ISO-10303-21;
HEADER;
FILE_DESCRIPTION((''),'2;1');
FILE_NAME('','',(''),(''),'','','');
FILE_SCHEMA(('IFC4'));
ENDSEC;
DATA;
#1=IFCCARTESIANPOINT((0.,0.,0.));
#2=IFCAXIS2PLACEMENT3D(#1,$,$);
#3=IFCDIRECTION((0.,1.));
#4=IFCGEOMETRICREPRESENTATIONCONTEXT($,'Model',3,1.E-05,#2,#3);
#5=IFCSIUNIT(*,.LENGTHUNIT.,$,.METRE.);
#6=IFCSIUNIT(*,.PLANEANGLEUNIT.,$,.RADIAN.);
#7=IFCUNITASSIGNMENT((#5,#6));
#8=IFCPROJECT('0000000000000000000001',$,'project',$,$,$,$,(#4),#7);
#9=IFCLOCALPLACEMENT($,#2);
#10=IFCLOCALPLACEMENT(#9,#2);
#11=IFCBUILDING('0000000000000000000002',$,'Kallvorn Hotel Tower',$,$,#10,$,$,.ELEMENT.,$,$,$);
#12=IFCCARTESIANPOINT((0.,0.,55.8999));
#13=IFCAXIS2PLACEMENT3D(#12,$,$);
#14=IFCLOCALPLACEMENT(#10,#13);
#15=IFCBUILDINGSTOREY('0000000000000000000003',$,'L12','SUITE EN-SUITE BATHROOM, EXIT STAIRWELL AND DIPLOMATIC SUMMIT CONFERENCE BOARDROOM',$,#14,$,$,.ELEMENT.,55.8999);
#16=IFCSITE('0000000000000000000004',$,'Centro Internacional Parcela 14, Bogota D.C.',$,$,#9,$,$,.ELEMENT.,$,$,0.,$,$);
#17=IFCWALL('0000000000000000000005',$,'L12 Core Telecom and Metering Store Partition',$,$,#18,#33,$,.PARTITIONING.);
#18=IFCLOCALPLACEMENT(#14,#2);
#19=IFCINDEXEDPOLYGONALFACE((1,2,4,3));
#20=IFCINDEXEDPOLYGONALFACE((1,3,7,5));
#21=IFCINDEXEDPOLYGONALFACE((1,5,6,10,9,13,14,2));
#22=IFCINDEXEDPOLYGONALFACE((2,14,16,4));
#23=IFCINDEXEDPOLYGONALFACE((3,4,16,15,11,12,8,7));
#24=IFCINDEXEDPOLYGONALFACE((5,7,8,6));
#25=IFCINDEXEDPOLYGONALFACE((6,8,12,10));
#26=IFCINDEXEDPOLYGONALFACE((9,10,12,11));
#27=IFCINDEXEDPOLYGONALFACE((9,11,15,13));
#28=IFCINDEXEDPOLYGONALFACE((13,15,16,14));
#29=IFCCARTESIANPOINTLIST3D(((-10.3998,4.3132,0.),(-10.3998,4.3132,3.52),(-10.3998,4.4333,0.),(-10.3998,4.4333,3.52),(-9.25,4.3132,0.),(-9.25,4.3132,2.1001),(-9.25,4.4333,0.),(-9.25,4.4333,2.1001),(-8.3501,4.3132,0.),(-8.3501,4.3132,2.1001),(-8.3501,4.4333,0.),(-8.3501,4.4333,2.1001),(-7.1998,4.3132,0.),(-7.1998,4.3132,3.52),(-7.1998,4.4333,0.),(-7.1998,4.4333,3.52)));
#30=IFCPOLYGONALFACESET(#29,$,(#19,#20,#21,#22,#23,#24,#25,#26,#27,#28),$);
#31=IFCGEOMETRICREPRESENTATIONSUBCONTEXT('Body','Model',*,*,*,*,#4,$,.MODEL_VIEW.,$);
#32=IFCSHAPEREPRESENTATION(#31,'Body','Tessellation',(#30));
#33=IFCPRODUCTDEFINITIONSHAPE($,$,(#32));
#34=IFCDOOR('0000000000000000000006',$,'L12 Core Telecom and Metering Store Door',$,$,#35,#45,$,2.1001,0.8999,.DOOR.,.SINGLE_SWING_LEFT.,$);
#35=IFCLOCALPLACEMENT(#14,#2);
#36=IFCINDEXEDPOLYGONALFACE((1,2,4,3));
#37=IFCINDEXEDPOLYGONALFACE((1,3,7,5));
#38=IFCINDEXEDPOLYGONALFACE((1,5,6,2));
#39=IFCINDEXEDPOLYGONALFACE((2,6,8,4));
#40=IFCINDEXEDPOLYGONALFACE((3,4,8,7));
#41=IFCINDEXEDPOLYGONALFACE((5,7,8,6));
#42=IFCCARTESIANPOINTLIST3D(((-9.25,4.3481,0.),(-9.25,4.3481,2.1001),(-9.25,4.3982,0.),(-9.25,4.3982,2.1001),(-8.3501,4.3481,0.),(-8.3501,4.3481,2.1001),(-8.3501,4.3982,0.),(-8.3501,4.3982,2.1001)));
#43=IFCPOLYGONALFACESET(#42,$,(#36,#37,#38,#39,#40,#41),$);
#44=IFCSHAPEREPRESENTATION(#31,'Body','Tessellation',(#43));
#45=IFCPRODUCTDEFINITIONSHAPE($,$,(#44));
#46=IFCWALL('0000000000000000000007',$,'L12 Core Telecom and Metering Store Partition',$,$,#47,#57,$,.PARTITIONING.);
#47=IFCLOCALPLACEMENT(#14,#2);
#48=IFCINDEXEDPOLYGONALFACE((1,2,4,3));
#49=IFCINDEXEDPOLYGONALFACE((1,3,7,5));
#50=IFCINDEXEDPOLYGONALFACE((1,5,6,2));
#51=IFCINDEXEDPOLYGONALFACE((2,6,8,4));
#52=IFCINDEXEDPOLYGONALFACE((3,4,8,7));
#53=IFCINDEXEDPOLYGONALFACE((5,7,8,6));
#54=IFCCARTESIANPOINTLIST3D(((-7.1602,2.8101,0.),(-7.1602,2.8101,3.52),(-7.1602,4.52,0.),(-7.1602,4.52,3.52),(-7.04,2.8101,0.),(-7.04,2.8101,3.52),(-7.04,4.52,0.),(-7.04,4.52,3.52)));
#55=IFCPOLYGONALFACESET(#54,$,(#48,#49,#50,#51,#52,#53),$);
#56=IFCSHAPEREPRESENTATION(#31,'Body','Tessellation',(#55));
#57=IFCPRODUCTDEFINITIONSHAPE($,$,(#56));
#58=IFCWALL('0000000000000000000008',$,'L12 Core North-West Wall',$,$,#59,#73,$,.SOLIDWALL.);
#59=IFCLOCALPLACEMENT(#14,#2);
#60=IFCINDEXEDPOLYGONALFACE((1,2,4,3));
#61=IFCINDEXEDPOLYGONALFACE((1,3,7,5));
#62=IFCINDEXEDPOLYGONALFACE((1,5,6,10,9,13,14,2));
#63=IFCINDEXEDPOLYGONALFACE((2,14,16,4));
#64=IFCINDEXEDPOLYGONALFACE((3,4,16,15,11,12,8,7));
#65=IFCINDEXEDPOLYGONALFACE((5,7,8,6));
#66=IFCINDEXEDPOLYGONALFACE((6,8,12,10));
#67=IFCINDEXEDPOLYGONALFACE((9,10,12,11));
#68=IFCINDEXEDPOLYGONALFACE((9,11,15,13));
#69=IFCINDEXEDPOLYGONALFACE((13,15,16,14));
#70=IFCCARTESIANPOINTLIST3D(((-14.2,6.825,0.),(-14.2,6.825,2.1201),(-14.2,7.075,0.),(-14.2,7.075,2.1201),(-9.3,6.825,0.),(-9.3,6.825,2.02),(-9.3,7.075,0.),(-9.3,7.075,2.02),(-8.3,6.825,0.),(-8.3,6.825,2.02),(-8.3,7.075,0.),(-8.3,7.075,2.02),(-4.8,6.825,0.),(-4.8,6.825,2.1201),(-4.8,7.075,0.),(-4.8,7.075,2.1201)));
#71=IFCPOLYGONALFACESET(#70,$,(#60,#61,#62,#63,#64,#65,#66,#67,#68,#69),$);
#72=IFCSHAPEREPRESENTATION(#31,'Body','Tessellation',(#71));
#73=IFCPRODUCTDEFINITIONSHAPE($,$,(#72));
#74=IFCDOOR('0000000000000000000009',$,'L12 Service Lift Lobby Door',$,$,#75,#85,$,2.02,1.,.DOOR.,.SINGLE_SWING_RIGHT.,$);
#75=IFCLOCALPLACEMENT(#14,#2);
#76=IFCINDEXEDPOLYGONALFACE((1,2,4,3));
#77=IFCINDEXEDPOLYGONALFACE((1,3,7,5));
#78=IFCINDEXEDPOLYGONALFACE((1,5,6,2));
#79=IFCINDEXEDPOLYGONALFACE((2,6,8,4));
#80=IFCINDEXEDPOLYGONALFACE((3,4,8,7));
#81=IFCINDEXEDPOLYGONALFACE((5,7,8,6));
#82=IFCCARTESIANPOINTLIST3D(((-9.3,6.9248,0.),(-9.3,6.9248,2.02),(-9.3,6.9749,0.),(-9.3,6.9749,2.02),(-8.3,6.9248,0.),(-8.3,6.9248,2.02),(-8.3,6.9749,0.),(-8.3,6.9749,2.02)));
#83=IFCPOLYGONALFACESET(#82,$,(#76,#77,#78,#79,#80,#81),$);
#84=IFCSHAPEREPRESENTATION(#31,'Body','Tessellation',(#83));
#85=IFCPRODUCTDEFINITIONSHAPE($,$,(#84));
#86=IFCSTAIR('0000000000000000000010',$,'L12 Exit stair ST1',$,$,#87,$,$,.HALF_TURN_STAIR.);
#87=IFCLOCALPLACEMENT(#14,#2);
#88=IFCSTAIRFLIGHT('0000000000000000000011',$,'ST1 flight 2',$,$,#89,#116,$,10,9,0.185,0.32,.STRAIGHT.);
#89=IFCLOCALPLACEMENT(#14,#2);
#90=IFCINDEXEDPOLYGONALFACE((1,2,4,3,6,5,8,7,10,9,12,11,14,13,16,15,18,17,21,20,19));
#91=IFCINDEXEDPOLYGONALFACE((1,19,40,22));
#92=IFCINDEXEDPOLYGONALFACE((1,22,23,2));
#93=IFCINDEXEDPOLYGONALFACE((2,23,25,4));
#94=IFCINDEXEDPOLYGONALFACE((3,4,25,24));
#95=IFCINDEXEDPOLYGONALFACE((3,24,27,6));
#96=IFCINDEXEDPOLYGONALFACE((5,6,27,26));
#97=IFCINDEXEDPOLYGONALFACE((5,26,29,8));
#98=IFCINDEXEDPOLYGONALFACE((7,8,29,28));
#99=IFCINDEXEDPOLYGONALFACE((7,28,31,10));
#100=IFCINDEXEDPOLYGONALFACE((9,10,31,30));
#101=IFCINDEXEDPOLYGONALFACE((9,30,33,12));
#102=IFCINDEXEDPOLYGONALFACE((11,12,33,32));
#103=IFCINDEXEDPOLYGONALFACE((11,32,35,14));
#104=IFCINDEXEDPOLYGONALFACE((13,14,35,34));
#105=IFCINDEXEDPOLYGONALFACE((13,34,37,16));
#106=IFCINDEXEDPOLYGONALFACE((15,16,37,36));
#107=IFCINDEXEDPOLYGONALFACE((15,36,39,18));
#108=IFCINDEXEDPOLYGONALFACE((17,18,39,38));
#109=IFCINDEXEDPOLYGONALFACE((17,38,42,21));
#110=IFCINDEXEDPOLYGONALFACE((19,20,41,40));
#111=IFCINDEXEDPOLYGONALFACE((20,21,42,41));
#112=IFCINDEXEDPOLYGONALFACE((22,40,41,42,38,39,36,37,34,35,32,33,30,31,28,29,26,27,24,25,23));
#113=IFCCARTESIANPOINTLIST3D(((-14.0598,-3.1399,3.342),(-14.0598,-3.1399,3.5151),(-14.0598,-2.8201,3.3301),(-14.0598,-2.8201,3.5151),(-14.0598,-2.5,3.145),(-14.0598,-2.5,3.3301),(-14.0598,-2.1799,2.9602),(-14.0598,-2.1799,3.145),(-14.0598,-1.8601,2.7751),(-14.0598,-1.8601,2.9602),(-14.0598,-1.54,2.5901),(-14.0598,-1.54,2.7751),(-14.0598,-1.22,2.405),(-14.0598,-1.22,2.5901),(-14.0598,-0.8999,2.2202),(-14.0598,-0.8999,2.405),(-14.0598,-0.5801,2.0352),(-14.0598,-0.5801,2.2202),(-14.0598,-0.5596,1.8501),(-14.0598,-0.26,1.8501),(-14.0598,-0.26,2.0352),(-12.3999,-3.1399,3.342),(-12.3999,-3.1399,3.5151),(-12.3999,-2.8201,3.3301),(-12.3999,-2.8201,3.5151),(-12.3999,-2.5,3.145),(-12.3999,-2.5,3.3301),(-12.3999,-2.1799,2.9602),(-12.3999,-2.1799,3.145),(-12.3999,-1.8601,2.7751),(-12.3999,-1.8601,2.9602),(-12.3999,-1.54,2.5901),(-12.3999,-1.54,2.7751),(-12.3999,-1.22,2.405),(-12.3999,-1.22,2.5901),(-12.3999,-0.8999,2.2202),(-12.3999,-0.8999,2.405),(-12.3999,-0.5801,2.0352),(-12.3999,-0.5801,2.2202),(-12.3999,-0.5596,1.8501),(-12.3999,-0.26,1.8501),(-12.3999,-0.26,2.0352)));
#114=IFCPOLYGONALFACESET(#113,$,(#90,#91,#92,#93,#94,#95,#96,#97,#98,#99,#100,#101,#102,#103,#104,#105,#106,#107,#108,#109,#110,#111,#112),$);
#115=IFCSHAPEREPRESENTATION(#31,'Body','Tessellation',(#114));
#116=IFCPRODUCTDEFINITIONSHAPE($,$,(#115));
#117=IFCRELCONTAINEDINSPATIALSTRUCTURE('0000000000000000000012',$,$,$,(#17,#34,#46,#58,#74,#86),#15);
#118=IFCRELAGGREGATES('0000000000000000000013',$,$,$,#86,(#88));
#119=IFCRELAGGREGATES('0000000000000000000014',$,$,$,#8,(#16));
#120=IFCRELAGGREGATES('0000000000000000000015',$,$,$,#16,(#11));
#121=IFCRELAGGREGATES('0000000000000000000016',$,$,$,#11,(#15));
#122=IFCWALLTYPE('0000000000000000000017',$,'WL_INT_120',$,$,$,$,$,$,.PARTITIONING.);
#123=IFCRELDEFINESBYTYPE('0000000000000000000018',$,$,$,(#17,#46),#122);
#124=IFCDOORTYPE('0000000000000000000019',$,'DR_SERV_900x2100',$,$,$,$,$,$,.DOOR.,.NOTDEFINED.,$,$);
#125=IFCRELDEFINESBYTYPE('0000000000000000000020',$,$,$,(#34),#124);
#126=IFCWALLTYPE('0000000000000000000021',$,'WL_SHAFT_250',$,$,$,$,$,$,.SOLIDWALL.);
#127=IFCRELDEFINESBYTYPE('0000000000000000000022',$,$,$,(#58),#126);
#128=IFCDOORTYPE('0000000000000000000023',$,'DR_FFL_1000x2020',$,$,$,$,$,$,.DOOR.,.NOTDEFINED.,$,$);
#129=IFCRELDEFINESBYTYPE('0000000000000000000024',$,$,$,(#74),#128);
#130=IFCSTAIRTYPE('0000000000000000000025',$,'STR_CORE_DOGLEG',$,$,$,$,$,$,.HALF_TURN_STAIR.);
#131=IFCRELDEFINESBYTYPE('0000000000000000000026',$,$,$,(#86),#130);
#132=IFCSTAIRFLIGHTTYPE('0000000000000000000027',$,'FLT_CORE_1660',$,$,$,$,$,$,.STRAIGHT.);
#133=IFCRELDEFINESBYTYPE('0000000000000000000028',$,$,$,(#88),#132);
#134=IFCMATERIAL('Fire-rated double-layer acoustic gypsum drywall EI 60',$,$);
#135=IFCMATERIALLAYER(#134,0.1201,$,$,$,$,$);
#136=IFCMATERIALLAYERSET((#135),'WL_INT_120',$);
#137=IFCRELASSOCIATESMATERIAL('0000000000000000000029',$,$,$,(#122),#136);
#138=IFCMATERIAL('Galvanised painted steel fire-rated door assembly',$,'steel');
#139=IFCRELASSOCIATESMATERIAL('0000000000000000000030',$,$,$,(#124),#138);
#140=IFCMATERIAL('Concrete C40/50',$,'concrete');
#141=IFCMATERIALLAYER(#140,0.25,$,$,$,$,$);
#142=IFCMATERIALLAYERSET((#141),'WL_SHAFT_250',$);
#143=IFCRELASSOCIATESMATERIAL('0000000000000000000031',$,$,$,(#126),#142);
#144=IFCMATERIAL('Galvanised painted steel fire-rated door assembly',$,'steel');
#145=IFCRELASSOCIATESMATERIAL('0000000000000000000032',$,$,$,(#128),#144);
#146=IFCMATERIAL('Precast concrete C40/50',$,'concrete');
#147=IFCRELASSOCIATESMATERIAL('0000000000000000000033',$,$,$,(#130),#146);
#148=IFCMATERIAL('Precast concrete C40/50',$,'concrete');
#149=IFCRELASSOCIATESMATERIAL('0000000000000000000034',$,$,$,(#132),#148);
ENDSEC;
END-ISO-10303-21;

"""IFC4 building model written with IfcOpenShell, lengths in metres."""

from ifc_helpers import new_model, si_unit, direction, frame, frame_2d, origin, place, context, subcontext, project, spatial, polyline, rectangle, outline, extrude, material, layer, layer_set, type_object, element, fill, aggregate, save


model = new_model("IFC4")

# Units and contexts
model_context = context("Model", 3, precision=1e-05, world=origin(), true_north=direction((0.0, 1.0)))
body_context = subcontext(model_context, "Body", "Model", "MODEL_VIEW")
ifc_project = project(units=[si_unit("LENGTHUNIT", "METRE"), si_unit("PLANEANGLEUNIT", "RADIAN")], contexts=[model_context])

# Site, building, storey
site_placement = place(None, origin())
site = spatial("IfcSite", under=ifc_project, at=site_placement, Name="Centro Internacional Parcela 14, Bogota D.C.", CompositionType="ELEMENT", RefElevation=0.0)
building_placement = place(site_placement, origin())
building = spatial("IfcBuilding", under=site, at=building_placement, Name="Kallvorn Hotel Tower", CompositionType="ELEMENT")
storey_placement = place(building_placement, frame((0.0, 0.0, 55.8999)))
storey = spatial("IfcBuildingStorey", under=building, at=storey_placement, Name="L12", Description="SUITE EN-SUITE BATHROOM, EXIT STAIRWELL AND DIPLOMATIC SUMMIT CONFERENCE BOARDROOM", CompositionType="ELEMENT", Elevation=55.8999)

# Shared definitions
ifc_material_1 = material(Name="Fire-rated double-layer acoustic gypsum drywall EI 60")
ifc_layer_1 = layer(ifc_material_1, 0.1201)
ifc_layer_set_1 = layer_set([ifc_layer_1], Name="WL_INT_120")
wall_type_1 = type_object("IfcWallType", Name="WL_INT_120", PredefinedType="PARTITIONING", material=ifc_layer_set_1)

# Wall, opening, door
wall_1_placement = place(storey_placement, frame((-10.3999, 4.3733, 0.0), z_axis=(0.0, 0.0, 1.0), x_axis=(1.0, 0.0, 0.0)))
wall_1 = element("IfcWall", 1, at=wall_1_placement, inside=storey, type_object=wall_type_1, Name="L12 Core Telecom and Metering Store Partition", PredefinedType="PARTITIONING", context=body_context, shape_type="SweptSolid", body=[
    extrude(rectangle(XDim=3.2, YDim=0.1201, at=frame_2d((1.6001, 0.0))), origin(), (0.0, 0.0, 1.0), 3.52),
])
opening_1_placement = place(wall_1_placement, frame((1.1499, 0.0, 0.0)))
opening_1 = element("IfcOpeningElement", 2, at=opening_1_placement, cuts=wall_1, PredefinedType="OPENING", context=body_context, shape_type="SweptSolid", body=[
    extrude(rectangle(XDim=0.8999, YDim=2.1001, at=frame_2d((0.45, 1.05))), frame((0.0, 0.075, 0.0), z_axis=(0.0, -1.0, 0.0), x_axis=(1.0, 0.0, 0.0)), (0.0, 0.0, 1.0), 0.1501),
])
ifc_material_2 = material(Name="Galvanised painted steel fire-rated door assembly", Category="steel")
door_type_1 = type_object("IfcDoorType", Name="DR_SERV_900x2100", OperationType="NOTDEFINED", PredefinedType="DOOR", material=ifc_material_2)
door_1_placement = place(opening_1_placement, origin())
door_1 = element("IfcDoor", 3, at=door_1_placement, inside=storey, type_object=door_type_1, Name="L12 Core Telecom and Metering Store Door", OperationType="SINGLE_SWING_LEFT", OverallHeight=2.1001, OverallWidth=0.8999, PredefinedType="DOOR", context=body_context, shape_type="SweptSolid", body=[
    extrude(rectangle(XDim=0.8999, YDim=2.1001, at=frame_2d((0.45, 1.05))), frame((0.0, 0.0249, 0.0), z_axis=(0.0, -1.0, 0.0), x_axis=(1.0, 0.0, 0.0)), (0.0, 0.0, 1.0), 0.05),
])
fill(opening_1, door_1)

# Wall
wall_2_placement = place(storey_placement, frame((-7.1001, 2.8101, 0.0), z_axis=(0.0, 0.0, 1.0), x_axis=(0.0, 1.0, 0.0)))
element("IfcWall", 4, at=wall_2_placement, inside=storey, type_object=wall_type_1, Name="L12 Core Telecom and Metering Store Partition", PredefinedType="PARTITIONING", context=body_context, shape_type="SweptSolid", body=[
    extrude(rectangle(XDim=1.71, YDim=0.1201, at=frame_2d((0.855, 0.0))), origin(), (0.0, 0.0, 1.0), 3.52),
])

# Wall, opening, door
ifc_material_3 = material(Name="Concrete C40/50", Category="concrete")
ifc_layer_2 = layer(ifc_material_3, 0.25)
ifc_layer_set_2 = layer_set([ifc_layer_2], Name="WL_SHAFT_250")
wall_type_2 = type_object("IfcWallType", Name="WL_SHAFT_250", PredefinedType="SOLIDWALL", material=ifc_layer_set_2)
wall_3_placement = place(storey_placement, frame((-14.2, 6.95, 0.0), z_axis=(0.0, 0.0, 1.0), x_axis=(1.0, 0.0, 0.0)))
wall_3 = element("IfcWall", 5, at=wall_3_placement, inside=storey, type_object=wall_type_2, Name="L12 Core North-West Wall", PredefinedType="SOLIDWALL", context=body_context, shape_type="SweptSolid", body=[
    extrude(rectangle(XDim=9.3999, YDim=0.25, at=frame_2d((4.7, 0.0))), origin(), (0.0, 0.0, 1.0), 2.1201),
])
opening_2_placement = place(wall_3_placement, frame((4.8999, 0.0, 0.0)))
opening_2 = element("IfcOpeningElement", 6, at=opening_2_placement, cuts=wall_3, PredefinedType="OPENING", context=body_context, shape_type="SweptSolid", body=[
    extrude(rectangle(XDim=1.0, YDim=2.02, at=frame_2d((0.5, 1.01))), frame((0.0, 0.1399, 0.0), z_axis=(0.0, -1.0, 0.0), x_axis=(1.0, 0.0, 0.0)), (0.0, 0.0, 1.0), 0.28),
])
ifc_material_4 = material(Name="Galvanised painted steel fire-rated door assembly", Category="steel")
door_type_2 = type_object("IfcDoorType", Name="DR_FFL_1000x2020", OperationType="NOTDEFINED", PredefinedType="DOOR", material=ifc_material_4)
door_2_placement = place(opening_2_placement, origin())
door_2 = element("IfcDoor", 7, at=door_2_placement, inside=storey, type_object=door_type_2, Name="L12 Service Lift Lobby Door", OperationType="SINGLE_SWING_RIGHT", OverallHeight=2.02, OverallWidth=1.0, PredefinedType="DOOR", context=body_context, shape_type="SweptSolid", body=[
    extrude(rectangle(XDim=1.0, YDim=2.02, at=frame_2d((0.5, 1.01))), frame((0.0, 0.0249, 0.0), z_axis=(0.0, -1.0, 0.0), x_axis=(1.0, 0.0, 0.0)), (0.0, 0.0, 1.0), 0.05),
])
fill(opening_2, door_2)

# Stair, stair flight
ifc_material_5 = material(Name="Precast concrete C40/50", Category="concrete")
stair_type = type_object("IfcStairType", Name="STR_CORE_DOGLEG", PredefinedType="HALF_TURN_STAIR", material=ifc_material_5)
stair_placement = place(storey_placement, origin())
stair = element("IfcStair", 8, at=stair_placement, inside=storey, type_object=stair_type, Name="L12 Exit stair ST1", PredefinedType="HALF_TURN_STAIR")
ifc_material_6 = material(Name="Precast concrete C40/50", Category="concrete")
stair_flight_type = type_object("IfcStairFlightType", Name="FLT_CORE_1660", PredefinedType="STRAIGHT", material=ifc_material_6)
stair_flight_placement = place(storey_placement, frame((-13.23, -0.26, 1.8501), z_axis=(0.0, 0.0, 1.0), x_axis=(0.0, -1.0, 0.0)))
stair_flight = element("IfcStairFlight", 9, at=stair_flight_placement, type_object=stair_flight_type, Name="ST1 flight 2", NumberOfRisers=10, NumberOfTreads=9, PredefinedType="STRAIGHT", RiserHeight=0.185, TreadLength=0.32, context=body_context, shape_type="SweptSolid", body=[
    extrude(outline(polyline([(0.0, 0.0), (0.0, 0.1851), (0.3201, 0.1851), (0.3201, 0.3701), (0.6399, 0.3701), (0.6399, 0.5549), (0.96, 0.5549), (0.96, 0.74), (1.28, 0.74), (1.28, 0.925), (1.6001, 0.925), (1.6001, 1.1101), (1.9199, 1.1101), (1.9199, 1.2949), (2.24, 1.2949), (2.24, 1.48), (2.5601, 1.48), (2.5601, 1.665), (2.8799, 1.665), (2.8799, 1.8501), (2.8799, 1.4919), (0.2996, 0.0), (0.0, 0.0)])), frame((0.0, 0.8301, 0.0), z_axis=(0.0, -1.0, 0.0), x_axis=(1.0, 0.0, 0.0)), (0.0, 0.0, 1.0), 1.6599),
])
aggregate(stair, [stair_flight])

save(model, "model.ifc")
